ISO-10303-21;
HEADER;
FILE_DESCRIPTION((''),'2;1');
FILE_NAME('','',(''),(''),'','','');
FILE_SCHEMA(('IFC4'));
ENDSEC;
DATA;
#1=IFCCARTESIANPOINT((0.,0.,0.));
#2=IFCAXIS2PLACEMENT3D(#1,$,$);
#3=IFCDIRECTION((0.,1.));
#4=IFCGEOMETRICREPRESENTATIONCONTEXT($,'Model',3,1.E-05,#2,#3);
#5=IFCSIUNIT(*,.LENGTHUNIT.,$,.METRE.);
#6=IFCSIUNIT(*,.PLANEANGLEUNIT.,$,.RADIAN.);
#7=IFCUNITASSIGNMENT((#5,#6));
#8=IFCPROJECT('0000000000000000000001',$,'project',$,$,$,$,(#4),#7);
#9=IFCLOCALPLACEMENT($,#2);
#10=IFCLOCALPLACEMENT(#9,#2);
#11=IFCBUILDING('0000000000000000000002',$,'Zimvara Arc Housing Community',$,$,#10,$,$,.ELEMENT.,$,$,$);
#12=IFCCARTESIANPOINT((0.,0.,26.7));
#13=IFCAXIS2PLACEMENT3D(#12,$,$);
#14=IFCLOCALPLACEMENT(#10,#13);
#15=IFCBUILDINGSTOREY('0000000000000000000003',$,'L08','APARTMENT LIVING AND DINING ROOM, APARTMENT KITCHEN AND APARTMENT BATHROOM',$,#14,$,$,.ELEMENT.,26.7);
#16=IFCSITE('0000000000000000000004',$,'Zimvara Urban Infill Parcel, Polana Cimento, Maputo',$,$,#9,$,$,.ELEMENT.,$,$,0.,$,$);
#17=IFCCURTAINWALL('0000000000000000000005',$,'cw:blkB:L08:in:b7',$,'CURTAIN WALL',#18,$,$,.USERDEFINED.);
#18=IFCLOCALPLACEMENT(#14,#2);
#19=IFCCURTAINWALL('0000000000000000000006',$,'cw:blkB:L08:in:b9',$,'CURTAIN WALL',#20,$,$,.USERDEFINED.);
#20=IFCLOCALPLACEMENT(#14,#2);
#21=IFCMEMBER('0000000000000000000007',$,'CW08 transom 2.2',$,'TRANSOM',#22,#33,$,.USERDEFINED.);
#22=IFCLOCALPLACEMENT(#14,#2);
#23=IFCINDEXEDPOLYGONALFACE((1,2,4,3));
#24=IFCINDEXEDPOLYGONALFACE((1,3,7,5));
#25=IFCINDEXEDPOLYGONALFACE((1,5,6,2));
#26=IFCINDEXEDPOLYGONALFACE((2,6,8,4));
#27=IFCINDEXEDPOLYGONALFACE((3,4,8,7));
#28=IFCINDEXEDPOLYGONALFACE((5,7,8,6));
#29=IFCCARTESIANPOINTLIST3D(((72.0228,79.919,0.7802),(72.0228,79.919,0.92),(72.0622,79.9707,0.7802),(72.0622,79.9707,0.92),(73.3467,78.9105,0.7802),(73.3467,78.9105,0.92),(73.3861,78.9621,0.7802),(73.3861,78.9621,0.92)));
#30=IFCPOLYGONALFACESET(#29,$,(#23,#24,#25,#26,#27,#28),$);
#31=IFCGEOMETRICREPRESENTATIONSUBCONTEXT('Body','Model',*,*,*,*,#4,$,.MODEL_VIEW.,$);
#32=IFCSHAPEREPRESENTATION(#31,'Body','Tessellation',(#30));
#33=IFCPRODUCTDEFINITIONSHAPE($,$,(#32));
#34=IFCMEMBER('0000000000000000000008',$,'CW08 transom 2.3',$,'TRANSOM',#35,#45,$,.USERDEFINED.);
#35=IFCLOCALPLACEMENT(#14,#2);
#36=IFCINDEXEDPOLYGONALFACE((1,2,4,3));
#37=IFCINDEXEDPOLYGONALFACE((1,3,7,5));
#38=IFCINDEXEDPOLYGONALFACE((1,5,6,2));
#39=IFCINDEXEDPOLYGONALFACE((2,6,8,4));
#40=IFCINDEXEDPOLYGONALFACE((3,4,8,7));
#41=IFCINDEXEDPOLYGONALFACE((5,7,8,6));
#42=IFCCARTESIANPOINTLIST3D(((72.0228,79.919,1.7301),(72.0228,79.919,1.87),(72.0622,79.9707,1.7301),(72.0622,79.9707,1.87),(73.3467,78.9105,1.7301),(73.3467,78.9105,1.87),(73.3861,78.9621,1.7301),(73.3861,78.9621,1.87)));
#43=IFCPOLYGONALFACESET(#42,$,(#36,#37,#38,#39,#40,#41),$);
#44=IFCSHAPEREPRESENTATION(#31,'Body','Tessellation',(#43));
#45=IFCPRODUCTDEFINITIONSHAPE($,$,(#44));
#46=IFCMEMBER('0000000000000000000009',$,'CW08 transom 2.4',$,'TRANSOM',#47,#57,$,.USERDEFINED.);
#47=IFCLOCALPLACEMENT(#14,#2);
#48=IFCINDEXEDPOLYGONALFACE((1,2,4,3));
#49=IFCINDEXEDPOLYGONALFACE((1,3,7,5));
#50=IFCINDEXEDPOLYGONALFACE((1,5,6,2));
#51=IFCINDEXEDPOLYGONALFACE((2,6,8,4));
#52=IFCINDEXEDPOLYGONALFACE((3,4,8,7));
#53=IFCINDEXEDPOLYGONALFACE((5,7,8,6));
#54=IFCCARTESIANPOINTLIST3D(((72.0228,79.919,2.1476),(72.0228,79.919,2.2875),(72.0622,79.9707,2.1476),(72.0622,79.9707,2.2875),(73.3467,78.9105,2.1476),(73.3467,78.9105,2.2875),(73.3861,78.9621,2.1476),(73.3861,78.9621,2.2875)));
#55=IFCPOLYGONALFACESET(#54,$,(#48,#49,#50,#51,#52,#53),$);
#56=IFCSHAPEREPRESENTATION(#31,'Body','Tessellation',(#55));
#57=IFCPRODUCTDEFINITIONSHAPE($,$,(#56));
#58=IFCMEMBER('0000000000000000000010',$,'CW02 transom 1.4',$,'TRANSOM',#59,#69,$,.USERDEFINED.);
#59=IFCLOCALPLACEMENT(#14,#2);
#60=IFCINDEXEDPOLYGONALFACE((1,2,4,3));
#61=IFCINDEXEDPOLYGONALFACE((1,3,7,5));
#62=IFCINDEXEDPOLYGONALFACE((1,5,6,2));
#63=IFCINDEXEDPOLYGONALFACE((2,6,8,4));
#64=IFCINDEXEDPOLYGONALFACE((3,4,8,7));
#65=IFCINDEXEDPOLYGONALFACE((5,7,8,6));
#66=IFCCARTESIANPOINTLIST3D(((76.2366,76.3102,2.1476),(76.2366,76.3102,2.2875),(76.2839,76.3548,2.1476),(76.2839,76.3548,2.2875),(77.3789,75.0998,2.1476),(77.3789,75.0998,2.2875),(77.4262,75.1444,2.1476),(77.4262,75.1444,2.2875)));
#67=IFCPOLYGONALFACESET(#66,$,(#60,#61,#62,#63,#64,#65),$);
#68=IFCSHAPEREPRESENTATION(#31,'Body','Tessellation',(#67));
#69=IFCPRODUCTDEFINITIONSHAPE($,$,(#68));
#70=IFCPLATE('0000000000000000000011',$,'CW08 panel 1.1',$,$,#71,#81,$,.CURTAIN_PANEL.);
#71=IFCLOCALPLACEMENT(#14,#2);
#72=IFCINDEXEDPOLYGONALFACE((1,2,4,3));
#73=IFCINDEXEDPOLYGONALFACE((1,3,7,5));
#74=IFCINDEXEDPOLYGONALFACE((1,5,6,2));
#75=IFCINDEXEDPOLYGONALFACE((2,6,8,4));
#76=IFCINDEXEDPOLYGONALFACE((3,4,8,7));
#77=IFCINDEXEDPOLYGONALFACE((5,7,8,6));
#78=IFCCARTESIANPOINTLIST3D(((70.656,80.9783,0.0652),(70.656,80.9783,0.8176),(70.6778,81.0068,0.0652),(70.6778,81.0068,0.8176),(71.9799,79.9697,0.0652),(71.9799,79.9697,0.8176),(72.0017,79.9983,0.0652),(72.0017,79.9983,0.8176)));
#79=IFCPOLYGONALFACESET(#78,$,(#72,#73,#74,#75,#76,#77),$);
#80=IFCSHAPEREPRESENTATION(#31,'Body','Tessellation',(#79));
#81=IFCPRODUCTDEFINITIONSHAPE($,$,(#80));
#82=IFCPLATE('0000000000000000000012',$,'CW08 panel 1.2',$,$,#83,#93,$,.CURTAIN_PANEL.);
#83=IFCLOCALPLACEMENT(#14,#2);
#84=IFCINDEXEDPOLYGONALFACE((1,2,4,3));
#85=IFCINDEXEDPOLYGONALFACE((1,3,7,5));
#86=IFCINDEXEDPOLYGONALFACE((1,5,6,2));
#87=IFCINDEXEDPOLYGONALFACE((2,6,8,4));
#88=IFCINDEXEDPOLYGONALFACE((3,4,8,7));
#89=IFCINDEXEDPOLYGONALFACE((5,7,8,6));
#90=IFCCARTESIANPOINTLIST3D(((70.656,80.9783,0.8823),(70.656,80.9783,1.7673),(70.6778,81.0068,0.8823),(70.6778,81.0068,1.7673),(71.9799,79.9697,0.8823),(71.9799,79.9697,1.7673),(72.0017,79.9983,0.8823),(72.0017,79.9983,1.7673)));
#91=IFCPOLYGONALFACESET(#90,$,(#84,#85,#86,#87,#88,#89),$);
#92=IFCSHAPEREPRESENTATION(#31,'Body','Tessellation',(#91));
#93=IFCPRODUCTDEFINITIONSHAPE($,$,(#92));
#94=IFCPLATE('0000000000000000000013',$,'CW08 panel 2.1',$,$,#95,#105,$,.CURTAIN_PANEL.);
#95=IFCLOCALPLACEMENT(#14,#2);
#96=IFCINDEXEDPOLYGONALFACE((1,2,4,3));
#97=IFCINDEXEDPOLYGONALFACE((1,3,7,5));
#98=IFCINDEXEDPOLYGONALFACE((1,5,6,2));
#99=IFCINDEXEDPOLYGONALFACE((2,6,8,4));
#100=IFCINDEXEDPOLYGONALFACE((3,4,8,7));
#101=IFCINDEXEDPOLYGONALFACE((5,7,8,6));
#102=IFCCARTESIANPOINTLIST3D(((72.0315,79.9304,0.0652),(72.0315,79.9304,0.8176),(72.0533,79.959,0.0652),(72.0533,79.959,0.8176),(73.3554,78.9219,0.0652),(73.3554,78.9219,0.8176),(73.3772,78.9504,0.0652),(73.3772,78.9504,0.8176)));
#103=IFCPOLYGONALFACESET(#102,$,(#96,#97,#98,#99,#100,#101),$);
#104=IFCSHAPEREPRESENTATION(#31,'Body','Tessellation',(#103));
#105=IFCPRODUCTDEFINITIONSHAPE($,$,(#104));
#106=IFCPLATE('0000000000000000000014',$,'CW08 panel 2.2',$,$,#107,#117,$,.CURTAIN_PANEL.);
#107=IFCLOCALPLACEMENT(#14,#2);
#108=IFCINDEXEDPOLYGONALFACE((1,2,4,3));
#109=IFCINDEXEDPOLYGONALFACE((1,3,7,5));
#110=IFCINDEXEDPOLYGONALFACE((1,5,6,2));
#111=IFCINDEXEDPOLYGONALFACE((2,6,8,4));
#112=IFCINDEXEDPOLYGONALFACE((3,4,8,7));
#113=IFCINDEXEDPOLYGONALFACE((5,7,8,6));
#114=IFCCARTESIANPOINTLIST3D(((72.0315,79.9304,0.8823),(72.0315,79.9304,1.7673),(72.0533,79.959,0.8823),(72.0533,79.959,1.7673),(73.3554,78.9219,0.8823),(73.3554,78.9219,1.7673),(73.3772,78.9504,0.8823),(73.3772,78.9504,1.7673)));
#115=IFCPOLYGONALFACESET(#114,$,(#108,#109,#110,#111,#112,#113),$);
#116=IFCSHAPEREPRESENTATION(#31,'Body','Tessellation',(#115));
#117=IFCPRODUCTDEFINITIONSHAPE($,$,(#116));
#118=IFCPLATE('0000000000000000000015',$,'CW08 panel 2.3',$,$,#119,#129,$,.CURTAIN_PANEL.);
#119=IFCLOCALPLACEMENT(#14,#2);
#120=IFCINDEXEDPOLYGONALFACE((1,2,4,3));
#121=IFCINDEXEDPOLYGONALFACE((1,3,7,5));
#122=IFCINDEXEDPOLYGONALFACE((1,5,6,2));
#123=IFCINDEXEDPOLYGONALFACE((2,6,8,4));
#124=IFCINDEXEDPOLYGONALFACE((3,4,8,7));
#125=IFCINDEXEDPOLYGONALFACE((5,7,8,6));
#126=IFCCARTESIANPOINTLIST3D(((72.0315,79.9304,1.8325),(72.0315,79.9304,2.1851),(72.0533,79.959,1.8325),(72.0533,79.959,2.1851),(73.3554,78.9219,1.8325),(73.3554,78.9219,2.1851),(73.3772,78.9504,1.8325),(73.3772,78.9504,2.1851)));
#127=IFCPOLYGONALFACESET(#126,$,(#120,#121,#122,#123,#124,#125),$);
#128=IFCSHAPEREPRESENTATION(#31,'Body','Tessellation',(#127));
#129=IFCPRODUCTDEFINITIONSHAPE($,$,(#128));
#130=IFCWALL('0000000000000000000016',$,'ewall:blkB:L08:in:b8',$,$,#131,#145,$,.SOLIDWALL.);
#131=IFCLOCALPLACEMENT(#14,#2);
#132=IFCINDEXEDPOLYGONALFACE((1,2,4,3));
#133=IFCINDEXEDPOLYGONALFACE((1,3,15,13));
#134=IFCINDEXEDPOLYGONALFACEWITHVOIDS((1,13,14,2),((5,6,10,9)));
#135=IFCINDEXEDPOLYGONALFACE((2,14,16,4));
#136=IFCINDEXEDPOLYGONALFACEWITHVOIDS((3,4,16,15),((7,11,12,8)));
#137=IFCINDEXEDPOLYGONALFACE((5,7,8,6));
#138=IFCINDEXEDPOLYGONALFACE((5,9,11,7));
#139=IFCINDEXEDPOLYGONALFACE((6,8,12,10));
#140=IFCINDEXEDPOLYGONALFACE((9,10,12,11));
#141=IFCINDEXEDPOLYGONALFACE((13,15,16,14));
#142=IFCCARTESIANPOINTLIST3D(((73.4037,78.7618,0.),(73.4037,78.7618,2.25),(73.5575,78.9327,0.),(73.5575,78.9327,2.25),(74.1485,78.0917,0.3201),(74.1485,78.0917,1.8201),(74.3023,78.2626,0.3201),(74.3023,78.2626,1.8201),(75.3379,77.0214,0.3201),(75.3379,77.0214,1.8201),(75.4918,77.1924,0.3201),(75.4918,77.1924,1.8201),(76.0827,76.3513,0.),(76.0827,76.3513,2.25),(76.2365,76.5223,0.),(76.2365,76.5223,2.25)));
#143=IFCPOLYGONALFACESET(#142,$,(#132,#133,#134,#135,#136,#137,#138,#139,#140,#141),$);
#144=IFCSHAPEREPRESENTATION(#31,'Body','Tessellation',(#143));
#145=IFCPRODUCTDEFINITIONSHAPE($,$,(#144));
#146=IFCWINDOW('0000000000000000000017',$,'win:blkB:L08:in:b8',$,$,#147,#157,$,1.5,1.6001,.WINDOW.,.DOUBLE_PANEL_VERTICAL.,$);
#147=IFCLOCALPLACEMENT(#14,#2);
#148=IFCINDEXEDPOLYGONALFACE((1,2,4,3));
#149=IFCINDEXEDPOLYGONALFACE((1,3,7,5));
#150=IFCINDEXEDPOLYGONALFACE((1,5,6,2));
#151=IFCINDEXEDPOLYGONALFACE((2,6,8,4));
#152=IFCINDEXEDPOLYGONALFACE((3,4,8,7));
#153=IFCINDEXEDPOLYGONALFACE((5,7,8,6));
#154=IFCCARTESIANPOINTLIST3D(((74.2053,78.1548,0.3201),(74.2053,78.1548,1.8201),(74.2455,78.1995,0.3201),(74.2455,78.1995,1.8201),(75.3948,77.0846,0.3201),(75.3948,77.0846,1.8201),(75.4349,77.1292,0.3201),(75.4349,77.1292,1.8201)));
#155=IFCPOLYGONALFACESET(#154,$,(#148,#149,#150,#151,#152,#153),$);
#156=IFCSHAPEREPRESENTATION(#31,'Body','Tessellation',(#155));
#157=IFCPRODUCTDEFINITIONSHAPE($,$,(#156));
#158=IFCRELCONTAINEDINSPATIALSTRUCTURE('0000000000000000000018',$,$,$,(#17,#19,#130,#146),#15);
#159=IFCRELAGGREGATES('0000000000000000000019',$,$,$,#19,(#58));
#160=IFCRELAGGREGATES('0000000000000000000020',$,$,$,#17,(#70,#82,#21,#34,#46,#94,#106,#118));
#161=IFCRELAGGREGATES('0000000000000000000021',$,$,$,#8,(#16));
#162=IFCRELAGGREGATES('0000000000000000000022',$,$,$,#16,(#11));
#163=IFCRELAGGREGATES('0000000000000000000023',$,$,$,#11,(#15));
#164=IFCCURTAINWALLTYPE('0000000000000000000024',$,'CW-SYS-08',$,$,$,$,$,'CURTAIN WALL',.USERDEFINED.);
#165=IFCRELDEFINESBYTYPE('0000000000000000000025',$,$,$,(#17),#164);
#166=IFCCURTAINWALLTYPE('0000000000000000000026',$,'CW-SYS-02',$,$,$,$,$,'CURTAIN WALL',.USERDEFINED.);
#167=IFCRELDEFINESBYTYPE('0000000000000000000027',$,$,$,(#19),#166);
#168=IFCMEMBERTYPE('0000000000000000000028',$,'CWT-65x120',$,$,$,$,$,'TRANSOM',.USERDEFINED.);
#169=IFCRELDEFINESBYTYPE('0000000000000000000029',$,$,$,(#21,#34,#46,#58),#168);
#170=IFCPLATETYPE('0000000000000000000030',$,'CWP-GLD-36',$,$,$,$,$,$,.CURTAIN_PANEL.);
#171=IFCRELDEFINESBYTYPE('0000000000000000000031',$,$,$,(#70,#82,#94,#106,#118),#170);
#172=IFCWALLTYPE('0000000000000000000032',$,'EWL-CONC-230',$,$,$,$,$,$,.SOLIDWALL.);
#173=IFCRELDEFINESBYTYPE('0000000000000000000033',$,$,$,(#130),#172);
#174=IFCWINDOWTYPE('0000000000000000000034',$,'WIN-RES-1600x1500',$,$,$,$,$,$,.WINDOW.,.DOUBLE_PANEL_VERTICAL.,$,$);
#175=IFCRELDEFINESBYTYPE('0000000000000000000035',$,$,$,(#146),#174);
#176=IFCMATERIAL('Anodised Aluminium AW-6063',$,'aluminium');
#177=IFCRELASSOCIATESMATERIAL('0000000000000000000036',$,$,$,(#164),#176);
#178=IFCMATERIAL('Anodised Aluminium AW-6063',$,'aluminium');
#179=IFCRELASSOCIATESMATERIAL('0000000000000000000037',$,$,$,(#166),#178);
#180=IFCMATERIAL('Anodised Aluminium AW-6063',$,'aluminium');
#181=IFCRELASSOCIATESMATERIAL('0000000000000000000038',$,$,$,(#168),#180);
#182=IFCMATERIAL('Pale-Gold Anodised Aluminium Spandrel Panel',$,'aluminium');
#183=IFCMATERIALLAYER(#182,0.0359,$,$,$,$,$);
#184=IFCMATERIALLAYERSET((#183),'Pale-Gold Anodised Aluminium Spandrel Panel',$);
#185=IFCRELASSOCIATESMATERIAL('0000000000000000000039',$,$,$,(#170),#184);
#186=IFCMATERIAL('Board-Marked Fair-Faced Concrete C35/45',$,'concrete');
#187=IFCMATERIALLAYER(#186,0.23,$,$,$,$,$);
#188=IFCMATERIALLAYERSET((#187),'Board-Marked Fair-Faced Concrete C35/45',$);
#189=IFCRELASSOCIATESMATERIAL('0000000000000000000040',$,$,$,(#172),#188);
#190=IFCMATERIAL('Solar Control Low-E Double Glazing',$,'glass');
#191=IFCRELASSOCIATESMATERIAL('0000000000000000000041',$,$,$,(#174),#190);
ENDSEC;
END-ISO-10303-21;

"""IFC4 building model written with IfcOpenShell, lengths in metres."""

from ifc_helpers import new_model, si_unit, direction, frame, frame_2d, origin, origin_2d, place, context, subcontext, project, spatial, rectangle, extrude, material, layer, layer_set, material_profile, profile_set, type_object, element, fill, aggregate, save


model = new_model("IFC4")

# Units and contexts
model_context = context("Model", 3, precision=1e-05, world=origin(), true_north=direction((0.0, 1.0)))
body_context = subcontext(model_context, "Body", "Model", "MODEL_VIEW")
ifc_project = project(units=[si_unit("LENGTHUNIT", "METRE"), si_unit("PLANEANGLEUNIT", "RADIAN")], contexts=[model_context])

# Site, building, storey
site_placement = place(None, origin())
site = spatial("IfcSite", under=ifc_project, at=site_placement, Name="Zimvara Urban Infill Parcel, Polana Cimento, Maputo", CompositionType="ELEMENT", RefElevation=0.0)
building_placement = place(site_placement, origin())
building = spatial("IfcBuilding", under=site, at=building_placement, Name="Zimvara Arc Housing Community", CompositionType="ELEMENT")
storey_placement = place(building_placement, frame((0.0, 0.0, 26.7)))
storey = spatial("IfcBuildingStorey", under=building, at=storey_placement, Name="L08", Description="APARTMENT LIVING AND DINING ROOM, APARTMENT KITCHEN AND APARTMENT BATHROOM", CompositionType="ELEMENT", Elevation=26.7)

# Curtain wall
ifc_material_1 = material(Name="Anodised Aluminium AW-6063", Category="aluminium")
curtain_wall_type_1 = type_object("IfcCurtainWallType", Name="CW-SYS-08", ElementType="CURTAIN WALL", PredefinedType="USERDEFINED", material=ifc_material_1)
curtain_wall_1_placement = place(storey_placement, origin())
curtain_wall_1 = element("IfcCurtainWall", 1, at=curtain_wall_1_placement, inside=storey, type_object=curtain_wall_type_1, Name="cw:blkB:L08:in:b7", ObjectType="CURTAIN WALL", PredefinedType="USERDEFINED")

# Curtain wall
ifc_material_2 = material(Name="Anodised Aluminium AW-6063", Category="aluminium")
curtain_wall_type_2 = type_object("IfcCurtainWallType", Name="CW-SYS-02", ElementType="CURTAIN WALL", PredefinedType="USERDEFINED", material=ifc_material_2)
curtain_wall_2_placement = place(storey_placement, origin())
curtain_wall_2 = element("IfcCurtainWall", 2, at=curtain_wall_2_placement, inside=storey, type_object=curtain_wall_type_2, Name="cw:blkB:L08:in:b9", ObjectType="CURTAIN WALL", PredefinedType="USERDEFINED")

# Members
ifc_material_3 = material(Name="Anodised Aluminium AW-6063", Category="aluminium")
ifc_material_profile_1 = material_profile(ifc_material_3, rectangle(XDim=0.0649, YDim=0.1399, at=origin_2d()), Name="ALU 65x140")
ifc_profile_set_1 = profile_set([ifc_material_profile_1], Name="Anodised Aluminium AW-6063")
member_type_1 = type_object("IfcMemberType", Name="CWT-65x120", ElementType="TRANSOM", PredefinedType="USERDEFINED", material=ifc_profile_set_1)
member_1_placement = place(storey_placement, frame((72.0425, 79.9448, 0.8501), z_axis=(0.795489, -0.605968, 0.0), x_axis=(0.605968, 0.795489, 0.0)))
member_1 = element("IfcMember", 3, at=member_1_placement, type_object=member_type_1, Name="CW08 transom 2.2", ObjectType="TRANSOM", PredefinedType="USERDEFINED", context=body_context, shape_type="SweptSolid", body=[
    extrude(rectangle(XDim=0.0649, YDim=0.1399, at=origin_2d()), origin(), (0.0, 0.0, 1.0), 1.6643),
])
member_2_placement = place(storey_placement, frame((72.0425, 79.9448, 1.8), z_axis=(0.795489, -0.605968, 0.0), x_axis=(0.605968, 0.795489, 0.0)))
member_2 = element("IfcMember", 4, at=member_2_placement, type_object=member_type_1, Name="CW08 transom 2.3", ObjectType="TRANSOM", PredefinedType="USERDEFINED", context=body_context, shape_type="SweptSolid", body=[
    extrude(rectangle(XDim=0.0649, YDim=0.1399, at=origin_2d()), origin(), (0.0, 0.0, 1.0), 1.6643),
])
member_3_placement = place(storey_placement, frame((72.0425, 79.9448, 2.2175), z_axis=(0.795489, -0.605968, 0.0), x_axis=(0.605968, 0.795489, 0.0)))
member_3 = element("IfcMember", 5, at=member_3_placement, type_object=member_type_1, Name="CW08 transom 2.4", ObjectType="TRANSOM", PredefinedType="USERDEFINED", context=body_context, shape_type="SweptSolid", body=[
    extrude(rectangle(XDim=0.0649, YDim=0.1399, at=origin_2d()), origin(), (0.0, 0.0, 1.0), 1.6643),
])
member_4_placement = place(storey_placement, frame((76.2603, 76.3325, 2.2175), z_axis=(0.686348, -0.727273, 0.0), x_axis=(0.727273, 0.686348, 0.0)))
member_4 = element("IfcMember", 6, at=member_4_placement, type_object=member_type_1, Name="CW02 transom 1.4", ObjectType="TRANSOM", PredefinedType="USERDEFINED", context=body_context, shape_type="SweptSolid", body=[
    extrude(rectangle(XDim=0.0649, YDim=0.1399, at=origin_2d()), origin(), (0.0, 0.0, 1.0), 1.6643),
])
aggregate(curtain_wall_2, [member_4])

# Plates
ifc_material_4 = material(Name="Pale-Gold Anodised Aluminium Spandrel Panel", Category="aluminium")
ifc_layer_1 = layer(ifc_material_4, 0.0359)
ifc_layer_set_1 = layer_set([ifc_layer_1], Name="Pale-Gold Anodised Aluminium Spandrel Panel")
plate_type = type_object("IfcPlateType", Name="CWP-GLD-36", PredefinedType="CURTAIN_PANEL", material=ifc_layer_set_1)
plate_1_placement = place(storey_placement, frame((71.3289, 80.4883, 0.0652), z_axis=(0.0, 0.0, 1.0), x_axis=(0.795474, -0.605988, 0.0)))
plate_1 = element("IfcPlate", 7, at=plate_1_placement, type_object=plate_type, Name="CW08 panel 1.1", PredefinedType="CURTAIN_PANEL", context=body_context, shape_type="SweptSolid", body=[
    extrude(rectangle(XDim=1.6643, YDim=0.0359, at=origin_2d()), origin(), (0.0, 0.0, 1.0), 0.7524),
])
plate_2_placement = place(storey_placement, frame((71.3289, 80.4883, 0.8823), z_axis=(0.0, 0.0, 1.0), x_axis=(0.795474, -0.605988, 0.0)))
plate_2 = element("IfcPlate", 8, at=plate_2_placement, type_object=plate_type, Name="CW08 panel 1.2", PredefinedType="CURTAIN_PANEL", context=body_context, shape_type="SweptSolid", body=[
    extrude(rectangle(XDim=1.6643, YDim=0.0359, at=origin_2d()), origin(), (0.0, 0.0, 1.0), 0.885),
])
plate_3_placement = place(storey_placement, frame((72.7043, 79.4404, 0.0652), z_axis=(0.0, 0.0, 1.0), x_axis=(0.795474, -0.605988, 0.0)))
plate_3 = element("IfcPlate", 9, at=plate_3_placement, type_object=plate_type, Name="CW08 panel 2.1", PredefinedType="CURTAIN_PANEL", context=body_context, shape_type="SweptSolid", body=[
    extrude(rectangle(XDim=1.6643, YDim=0.0359, at=origin_2d()), origin(), (0.0, 0.0, 1.0), 0.7524),
])
plate_4_placement = place(storey_placement, frame((72.7043, 79.4404, 0.8823), z_axis=(0.0, 0.0, 1.0), x_axis=(0.795474, -0.605988, 0.0)))
plate_4 = element("IfcPlate", 10, at=plate_4_placement, type_object=plate_type, Name="CW08 panel 2.2", PredefinedType="CURTAIN_PANEL", context=body_context, shape_type="SweptSolid", body=[
    extrude(rectangle(XDim=1.6643, YDim=0.0359, at=origin_2d()), origin(), (0.0, 0.0, 1.0), 0.885),
])
plate_5_placement = place(storey_placement, frame((72.7043, 79.4404, 1.8325), z_axis=(0.0, 0.0, 1.0), x_axis=(0.795474, -0.605988, 0.0)))
plate_5 = element("IfcPlate", 11, at=plate_5_placement, type_object=plate_type, Name="CW08 panel 2.3", PredefinedType="CURTAIN_PANEL", context=body_context, shape_type="SweptSolid", body=[
    extrude(rectangle(XDim=1.6643, YDim=0.0359, at=origin_2d()), origin(), (0.0, 0.0, 1.0), 0.3525),
])
aggregate(curtain_wall_1, [plate_1, plate_2, member_1, member_2, member_3, plate_3, plate_4, plate_5])

# Wall, opening, window
ifc_material_5 = material(Name="Board-Marked Fair-Faced Concrete C35/45", Category="concrete")
ifc_layer_2 = layer(ifc_material_5, 0.23)
ifc_layer_set_2 = layer_set([ifc_layer_2], Name="Board-Marked Fair-Faced Concrete C35/45")
wall_type = type_object("IfcWallType", Name="EWL-CONC-230", PredefinedType="SOLIDWALL", material=ifc_layer_set_2)
wall_placement = place(storey_placement, frame((73.4807, 78.8472, 0.0), z_axis=(0.0, 0.0, 1.0), x_axis=(0.743385, -0.668864, 0.0)))
wall = element("IfcWall", 12, at=wall_placement, inside=storey, type_object=wall_type, Name="ewall:blkB:L08:in:b8", PredefinedType="SOLIDWALL", context=body_context, shape_type="SweptSolid", body=[
    extrude(rectangle(XDim=3.6038, YDim=0.23, at=frame_2d((1.8018, 0.0))), origin(), (0.0, 0.0, 1.0), 2.25),
])
opening_placement = place(wall_placement, frame((1.0017, 0.0, 0.3201)))
opening = element("IfcOpeningElement", 13, at=opening_placement, cuts=wall, PredefinedType="OPENING", context=body_context, shape_type="SweptSolid", body=[
    extrude(rectangle(XDim=1.6001, YDim=1.5, at=frame_2d((0.8, 0.75))), frame((0.0, 0.125, 0.0), z_axis=(0.0, -1.0, 0.0), x_axis=(1.0, 0.0, 0.0)), (0.0, 0.0, 1.0), 0.25),
])
ifc_material_6 = material(Name="Solar Control Low-E Double Glazing", Category="glass")
window_type = type_object("IfcWindowType", Name="WIN-RES-1600x1500", PartitioningType="DOUBLE_PANEL_VERTICAL", PredefinedType="WINDOW", material=ifc_material_6)
window_placement = place(opening_placement, origin())
window = element("IfcWindow", 14, at=window_placement, inside=storey, type_object=window_type, Name="win:blkB:L08:in:b8", OverallHeight=1.5, OverallWidth=1.6001, PartitioningType="DOUBLE_PANEL_VERTICAL", PredefinedType="WINDOW", context=body_context, shape_type="SweptSolid", body=[
    extrude(rectangle(XDim=1.6001, YDim=1.5, at=frame_2d((0.8, 0.75))), frame((0.0, 0.03, 0.0), z_axis=(0.0, -1.0, 0.0), x_axis=(1.0, 0.0, 0.0)), (0.0, 0.0, 1.0), 0.0601),
])
fill(opening, window)

save(model, "model.ifc")
